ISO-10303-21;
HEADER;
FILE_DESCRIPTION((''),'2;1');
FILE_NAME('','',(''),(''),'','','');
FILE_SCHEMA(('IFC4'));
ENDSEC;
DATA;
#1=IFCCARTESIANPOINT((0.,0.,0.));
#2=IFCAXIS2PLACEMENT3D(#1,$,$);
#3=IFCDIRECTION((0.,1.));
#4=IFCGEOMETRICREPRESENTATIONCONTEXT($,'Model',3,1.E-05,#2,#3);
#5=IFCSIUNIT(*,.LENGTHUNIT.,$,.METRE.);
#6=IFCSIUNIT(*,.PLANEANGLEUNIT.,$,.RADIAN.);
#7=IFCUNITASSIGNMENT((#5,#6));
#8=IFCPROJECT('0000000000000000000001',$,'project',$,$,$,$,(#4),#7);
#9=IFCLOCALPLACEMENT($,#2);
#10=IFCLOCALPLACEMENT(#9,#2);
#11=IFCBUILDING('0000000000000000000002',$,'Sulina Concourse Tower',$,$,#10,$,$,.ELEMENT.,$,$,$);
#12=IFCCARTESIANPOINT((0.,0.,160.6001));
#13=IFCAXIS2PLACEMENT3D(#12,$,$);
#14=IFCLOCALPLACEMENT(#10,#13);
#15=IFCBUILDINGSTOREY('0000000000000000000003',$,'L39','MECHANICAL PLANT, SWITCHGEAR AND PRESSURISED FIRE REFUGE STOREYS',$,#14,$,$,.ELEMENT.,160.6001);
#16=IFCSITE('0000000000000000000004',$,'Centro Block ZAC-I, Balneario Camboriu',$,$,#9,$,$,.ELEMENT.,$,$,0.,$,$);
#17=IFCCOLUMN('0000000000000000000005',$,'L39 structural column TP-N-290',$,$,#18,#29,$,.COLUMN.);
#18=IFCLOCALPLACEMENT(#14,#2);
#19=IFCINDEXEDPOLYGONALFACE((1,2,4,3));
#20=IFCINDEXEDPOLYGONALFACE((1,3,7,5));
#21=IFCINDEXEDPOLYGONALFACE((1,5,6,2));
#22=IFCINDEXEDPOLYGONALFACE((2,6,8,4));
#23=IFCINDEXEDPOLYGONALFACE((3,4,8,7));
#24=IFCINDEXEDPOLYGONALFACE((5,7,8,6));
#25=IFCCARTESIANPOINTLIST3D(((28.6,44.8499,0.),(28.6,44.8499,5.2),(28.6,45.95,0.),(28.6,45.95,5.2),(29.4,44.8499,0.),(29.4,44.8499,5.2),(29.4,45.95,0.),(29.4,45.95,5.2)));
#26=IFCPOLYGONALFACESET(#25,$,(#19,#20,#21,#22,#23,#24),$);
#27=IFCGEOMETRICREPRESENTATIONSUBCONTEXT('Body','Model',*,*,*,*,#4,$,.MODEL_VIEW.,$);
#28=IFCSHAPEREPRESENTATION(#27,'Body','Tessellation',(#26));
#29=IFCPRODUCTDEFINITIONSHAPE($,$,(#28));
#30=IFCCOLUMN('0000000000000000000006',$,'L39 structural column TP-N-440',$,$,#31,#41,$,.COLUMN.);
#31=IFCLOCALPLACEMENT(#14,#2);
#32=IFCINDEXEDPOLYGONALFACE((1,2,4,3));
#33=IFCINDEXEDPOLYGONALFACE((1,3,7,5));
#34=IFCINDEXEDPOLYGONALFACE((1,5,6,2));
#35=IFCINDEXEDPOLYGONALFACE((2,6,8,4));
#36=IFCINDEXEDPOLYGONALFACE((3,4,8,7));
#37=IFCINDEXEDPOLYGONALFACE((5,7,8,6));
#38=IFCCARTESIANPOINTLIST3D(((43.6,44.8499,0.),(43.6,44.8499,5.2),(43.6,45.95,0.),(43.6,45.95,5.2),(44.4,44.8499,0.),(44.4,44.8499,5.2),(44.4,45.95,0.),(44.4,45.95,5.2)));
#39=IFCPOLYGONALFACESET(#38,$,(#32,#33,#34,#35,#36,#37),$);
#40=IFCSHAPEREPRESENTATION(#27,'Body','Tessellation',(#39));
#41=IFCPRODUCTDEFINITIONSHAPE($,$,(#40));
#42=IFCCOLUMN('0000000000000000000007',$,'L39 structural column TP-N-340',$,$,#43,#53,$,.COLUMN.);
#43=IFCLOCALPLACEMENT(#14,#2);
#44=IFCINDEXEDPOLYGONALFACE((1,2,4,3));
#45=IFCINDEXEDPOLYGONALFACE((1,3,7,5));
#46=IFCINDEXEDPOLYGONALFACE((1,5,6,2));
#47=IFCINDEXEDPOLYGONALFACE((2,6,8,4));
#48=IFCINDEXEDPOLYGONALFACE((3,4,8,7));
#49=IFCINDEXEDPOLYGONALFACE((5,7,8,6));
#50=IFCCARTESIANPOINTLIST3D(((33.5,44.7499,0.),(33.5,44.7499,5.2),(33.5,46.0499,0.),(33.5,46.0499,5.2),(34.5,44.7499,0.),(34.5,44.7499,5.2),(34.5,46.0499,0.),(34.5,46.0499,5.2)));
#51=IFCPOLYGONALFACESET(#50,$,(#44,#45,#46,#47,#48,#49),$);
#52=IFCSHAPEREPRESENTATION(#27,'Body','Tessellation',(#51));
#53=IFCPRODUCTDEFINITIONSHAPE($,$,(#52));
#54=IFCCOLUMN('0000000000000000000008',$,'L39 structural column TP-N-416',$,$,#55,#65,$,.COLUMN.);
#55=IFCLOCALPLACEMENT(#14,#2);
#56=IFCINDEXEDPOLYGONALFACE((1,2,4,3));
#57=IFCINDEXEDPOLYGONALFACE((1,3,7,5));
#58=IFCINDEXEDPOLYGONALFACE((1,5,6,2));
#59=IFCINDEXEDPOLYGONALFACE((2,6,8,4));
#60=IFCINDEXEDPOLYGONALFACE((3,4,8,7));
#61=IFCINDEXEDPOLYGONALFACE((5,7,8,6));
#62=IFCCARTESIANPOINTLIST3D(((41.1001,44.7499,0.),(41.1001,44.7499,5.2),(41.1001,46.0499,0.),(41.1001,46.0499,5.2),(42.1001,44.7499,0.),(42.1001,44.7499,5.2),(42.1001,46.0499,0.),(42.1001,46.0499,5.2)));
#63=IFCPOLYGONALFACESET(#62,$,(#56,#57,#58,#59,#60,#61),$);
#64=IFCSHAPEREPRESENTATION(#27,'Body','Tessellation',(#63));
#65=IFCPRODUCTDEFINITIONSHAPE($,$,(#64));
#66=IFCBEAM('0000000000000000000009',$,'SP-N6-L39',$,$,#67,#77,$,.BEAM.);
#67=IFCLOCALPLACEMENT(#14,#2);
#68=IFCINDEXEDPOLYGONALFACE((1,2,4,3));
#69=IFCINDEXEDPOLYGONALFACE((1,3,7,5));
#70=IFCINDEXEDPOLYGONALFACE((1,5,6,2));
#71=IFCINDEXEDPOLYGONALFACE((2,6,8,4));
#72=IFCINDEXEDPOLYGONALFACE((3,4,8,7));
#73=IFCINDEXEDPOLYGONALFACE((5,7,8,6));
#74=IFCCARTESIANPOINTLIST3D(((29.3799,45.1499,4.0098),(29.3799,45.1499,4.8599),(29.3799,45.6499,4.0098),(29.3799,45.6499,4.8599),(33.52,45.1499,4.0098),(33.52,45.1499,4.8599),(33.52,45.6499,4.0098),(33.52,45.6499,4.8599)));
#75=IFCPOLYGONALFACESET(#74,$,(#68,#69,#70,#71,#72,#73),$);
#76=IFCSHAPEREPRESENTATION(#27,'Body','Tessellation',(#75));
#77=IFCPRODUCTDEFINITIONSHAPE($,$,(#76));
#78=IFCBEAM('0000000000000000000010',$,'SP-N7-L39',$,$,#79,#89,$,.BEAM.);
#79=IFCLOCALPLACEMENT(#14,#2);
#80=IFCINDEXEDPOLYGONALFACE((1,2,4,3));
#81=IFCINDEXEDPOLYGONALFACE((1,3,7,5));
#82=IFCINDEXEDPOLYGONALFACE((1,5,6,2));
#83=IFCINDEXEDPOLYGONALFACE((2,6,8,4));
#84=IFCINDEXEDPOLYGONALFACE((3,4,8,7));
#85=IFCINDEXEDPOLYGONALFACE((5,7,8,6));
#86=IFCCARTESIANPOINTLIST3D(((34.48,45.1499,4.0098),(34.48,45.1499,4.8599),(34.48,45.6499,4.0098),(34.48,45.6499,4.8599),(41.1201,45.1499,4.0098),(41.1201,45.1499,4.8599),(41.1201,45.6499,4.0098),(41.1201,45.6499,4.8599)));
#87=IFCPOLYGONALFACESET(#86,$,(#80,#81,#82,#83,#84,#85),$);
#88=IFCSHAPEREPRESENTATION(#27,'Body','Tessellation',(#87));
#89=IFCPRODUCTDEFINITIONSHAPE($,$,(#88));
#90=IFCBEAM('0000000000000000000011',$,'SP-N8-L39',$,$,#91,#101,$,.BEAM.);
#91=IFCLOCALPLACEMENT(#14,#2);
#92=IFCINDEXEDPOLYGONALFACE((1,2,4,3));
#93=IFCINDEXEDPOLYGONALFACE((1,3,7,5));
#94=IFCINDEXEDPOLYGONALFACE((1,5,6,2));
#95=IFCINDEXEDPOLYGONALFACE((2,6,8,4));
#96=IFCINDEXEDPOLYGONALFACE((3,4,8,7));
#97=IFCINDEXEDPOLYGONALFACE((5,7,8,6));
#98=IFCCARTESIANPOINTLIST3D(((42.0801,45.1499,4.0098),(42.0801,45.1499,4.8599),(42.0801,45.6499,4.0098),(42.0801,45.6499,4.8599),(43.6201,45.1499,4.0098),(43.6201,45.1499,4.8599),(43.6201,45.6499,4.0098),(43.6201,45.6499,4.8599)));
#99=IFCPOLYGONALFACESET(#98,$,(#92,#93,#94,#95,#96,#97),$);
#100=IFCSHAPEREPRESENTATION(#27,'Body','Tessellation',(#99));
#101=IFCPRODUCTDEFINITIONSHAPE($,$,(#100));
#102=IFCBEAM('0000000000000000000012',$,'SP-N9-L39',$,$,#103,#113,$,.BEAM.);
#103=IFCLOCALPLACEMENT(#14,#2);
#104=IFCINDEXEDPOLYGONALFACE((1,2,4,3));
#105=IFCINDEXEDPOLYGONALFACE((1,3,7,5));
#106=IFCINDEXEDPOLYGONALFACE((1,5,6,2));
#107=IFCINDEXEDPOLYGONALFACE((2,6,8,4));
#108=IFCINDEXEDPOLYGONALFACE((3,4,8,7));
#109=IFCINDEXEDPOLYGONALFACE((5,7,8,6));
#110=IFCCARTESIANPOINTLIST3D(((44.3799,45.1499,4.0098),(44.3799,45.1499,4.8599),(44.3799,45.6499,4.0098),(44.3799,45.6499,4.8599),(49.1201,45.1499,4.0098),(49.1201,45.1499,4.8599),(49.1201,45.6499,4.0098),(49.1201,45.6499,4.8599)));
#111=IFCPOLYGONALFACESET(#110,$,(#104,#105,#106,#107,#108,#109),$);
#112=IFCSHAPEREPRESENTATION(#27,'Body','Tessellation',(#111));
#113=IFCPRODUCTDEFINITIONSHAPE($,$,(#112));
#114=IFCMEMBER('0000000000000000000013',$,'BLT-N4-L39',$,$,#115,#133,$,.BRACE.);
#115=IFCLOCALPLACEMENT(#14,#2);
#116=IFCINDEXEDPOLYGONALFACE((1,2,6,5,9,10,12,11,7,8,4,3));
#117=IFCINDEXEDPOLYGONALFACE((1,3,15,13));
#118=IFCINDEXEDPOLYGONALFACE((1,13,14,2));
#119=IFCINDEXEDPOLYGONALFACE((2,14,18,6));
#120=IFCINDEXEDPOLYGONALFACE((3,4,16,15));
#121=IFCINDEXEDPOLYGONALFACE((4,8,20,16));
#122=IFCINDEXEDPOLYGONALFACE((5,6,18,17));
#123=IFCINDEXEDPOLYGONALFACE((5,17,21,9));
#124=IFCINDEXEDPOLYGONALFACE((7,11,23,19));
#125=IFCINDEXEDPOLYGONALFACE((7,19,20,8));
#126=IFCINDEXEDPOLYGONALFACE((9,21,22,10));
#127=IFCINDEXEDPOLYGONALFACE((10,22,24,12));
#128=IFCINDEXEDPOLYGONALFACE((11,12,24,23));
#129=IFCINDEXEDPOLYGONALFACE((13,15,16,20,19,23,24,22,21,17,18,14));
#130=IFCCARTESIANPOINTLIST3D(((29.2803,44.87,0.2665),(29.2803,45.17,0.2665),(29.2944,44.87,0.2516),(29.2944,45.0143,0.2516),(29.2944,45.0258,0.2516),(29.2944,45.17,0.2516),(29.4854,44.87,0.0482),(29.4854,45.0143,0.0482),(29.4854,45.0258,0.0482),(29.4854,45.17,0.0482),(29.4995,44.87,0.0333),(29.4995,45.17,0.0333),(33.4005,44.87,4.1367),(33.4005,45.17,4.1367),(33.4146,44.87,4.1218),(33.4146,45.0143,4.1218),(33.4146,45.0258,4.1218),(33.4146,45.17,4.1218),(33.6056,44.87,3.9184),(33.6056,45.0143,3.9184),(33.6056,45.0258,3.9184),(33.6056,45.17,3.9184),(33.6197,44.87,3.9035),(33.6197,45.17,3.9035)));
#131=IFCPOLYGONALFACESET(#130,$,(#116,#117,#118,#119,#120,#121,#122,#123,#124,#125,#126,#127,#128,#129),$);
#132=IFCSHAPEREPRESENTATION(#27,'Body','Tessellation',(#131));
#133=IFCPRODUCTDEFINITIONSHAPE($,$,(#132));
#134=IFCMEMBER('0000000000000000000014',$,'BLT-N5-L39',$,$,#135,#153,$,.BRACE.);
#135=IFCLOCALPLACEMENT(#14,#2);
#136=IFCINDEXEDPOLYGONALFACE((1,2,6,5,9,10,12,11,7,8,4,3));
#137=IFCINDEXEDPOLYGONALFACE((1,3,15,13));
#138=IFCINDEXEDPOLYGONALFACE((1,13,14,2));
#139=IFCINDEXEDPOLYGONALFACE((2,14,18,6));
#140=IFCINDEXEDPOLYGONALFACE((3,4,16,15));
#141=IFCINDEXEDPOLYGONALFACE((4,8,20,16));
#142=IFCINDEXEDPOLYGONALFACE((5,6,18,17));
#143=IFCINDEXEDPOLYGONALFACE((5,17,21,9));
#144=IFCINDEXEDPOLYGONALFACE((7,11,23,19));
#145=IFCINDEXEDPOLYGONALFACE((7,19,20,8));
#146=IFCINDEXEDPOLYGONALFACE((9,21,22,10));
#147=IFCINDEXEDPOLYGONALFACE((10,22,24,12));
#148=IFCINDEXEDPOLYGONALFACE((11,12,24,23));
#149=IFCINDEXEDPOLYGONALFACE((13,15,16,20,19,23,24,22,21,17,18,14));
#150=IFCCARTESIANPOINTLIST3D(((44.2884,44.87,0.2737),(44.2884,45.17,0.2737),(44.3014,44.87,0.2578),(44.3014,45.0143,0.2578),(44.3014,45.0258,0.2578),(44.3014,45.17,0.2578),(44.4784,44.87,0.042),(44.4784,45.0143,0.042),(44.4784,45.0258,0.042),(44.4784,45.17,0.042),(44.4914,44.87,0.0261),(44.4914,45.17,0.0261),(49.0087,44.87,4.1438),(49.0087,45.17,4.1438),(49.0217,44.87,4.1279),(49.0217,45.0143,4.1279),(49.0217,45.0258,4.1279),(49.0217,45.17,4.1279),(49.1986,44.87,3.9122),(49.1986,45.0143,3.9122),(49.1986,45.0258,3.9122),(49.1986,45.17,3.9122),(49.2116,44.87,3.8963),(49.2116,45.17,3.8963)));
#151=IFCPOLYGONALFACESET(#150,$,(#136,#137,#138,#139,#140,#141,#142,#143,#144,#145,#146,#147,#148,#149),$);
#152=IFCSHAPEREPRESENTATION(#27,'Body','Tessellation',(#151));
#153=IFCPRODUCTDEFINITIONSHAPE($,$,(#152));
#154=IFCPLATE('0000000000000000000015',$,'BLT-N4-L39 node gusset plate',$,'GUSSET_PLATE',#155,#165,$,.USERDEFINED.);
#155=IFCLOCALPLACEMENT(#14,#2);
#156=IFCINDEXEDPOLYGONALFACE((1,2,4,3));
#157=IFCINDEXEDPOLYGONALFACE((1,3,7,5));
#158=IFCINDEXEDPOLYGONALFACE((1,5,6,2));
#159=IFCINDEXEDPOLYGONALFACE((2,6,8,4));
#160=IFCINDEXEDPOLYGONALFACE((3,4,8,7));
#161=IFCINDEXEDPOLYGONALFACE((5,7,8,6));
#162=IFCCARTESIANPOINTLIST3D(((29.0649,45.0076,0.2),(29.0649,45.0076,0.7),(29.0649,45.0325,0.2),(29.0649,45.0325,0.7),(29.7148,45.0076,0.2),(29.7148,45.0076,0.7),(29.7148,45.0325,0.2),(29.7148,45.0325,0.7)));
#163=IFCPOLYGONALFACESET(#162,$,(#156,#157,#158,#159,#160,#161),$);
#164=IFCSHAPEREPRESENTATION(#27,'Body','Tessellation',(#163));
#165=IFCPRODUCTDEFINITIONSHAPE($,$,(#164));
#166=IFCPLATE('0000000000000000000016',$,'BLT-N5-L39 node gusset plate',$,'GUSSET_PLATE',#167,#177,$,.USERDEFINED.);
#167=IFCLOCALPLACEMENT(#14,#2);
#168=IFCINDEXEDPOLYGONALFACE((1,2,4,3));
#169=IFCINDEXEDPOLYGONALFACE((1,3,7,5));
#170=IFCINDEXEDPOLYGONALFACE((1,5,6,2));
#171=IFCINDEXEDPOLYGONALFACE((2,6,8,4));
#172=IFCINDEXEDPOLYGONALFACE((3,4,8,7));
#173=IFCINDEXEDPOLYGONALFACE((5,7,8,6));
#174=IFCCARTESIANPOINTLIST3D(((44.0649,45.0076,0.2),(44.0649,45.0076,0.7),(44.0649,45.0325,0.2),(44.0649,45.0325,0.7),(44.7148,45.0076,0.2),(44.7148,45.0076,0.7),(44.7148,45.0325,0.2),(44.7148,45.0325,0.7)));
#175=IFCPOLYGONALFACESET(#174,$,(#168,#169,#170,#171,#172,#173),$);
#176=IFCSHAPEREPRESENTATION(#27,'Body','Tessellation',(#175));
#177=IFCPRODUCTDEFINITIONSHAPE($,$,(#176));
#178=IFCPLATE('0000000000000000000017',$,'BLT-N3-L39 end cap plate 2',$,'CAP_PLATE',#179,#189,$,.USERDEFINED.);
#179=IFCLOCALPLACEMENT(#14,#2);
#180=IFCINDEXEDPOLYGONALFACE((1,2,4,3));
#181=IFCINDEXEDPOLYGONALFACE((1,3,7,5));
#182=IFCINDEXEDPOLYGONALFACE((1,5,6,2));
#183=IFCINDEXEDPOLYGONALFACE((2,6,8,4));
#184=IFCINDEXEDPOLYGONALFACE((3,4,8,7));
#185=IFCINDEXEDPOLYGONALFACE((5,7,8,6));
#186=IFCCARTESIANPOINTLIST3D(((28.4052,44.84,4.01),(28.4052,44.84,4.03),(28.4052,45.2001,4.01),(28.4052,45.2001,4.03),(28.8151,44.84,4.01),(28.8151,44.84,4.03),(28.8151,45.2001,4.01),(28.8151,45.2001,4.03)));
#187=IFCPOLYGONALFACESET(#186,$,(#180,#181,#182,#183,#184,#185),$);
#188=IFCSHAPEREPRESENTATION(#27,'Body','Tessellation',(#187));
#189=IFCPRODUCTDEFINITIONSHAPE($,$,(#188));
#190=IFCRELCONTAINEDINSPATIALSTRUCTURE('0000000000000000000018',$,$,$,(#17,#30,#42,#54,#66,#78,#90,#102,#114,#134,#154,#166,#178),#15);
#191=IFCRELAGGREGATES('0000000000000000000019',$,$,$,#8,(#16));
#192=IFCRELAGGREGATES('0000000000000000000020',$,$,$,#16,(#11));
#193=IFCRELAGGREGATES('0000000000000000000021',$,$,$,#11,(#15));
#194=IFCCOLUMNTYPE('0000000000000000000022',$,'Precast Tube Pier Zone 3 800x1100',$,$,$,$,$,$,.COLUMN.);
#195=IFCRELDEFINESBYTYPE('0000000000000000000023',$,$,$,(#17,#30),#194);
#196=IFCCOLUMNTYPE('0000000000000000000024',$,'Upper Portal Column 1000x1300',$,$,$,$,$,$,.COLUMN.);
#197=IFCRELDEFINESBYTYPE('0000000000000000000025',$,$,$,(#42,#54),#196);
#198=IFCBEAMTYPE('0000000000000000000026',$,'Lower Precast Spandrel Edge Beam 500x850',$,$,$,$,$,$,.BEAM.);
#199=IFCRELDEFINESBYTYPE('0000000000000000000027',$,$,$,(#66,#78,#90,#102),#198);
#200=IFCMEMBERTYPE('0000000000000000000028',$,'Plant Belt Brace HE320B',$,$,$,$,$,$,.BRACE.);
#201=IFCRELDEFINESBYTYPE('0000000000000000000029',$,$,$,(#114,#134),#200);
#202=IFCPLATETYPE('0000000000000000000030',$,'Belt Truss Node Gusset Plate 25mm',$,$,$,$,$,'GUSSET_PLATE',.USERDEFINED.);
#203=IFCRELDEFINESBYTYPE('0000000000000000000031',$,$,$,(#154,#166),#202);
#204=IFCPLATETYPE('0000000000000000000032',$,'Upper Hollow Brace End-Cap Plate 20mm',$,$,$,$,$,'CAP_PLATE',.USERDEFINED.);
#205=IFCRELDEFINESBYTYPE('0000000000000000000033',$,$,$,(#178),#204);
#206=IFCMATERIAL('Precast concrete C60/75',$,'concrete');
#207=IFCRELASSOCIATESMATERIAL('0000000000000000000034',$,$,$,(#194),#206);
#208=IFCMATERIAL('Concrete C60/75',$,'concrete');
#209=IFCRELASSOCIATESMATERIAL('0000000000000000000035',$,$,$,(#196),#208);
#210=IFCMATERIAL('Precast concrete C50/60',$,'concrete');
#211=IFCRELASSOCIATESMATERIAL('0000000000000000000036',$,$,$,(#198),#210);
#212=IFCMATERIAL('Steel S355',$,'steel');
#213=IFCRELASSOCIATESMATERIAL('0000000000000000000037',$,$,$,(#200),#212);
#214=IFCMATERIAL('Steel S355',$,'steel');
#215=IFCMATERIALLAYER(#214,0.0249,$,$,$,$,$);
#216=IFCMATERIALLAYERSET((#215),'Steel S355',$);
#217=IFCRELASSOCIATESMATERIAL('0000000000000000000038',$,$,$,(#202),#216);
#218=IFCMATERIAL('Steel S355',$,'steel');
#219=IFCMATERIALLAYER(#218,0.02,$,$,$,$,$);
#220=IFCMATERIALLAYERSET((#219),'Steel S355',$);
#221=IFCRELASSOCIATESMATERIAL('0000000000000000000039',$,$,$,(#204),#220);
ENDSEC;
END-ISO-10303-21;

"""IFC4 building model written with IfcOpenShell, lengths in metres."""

from ifc_helpers import new_model, si_unit, direction, frame, origin, origin_2d, place, context, subcontext, project, spatial, rectangle, i_section, extrude, material, layer, layer_set, material_profile, profile_set, type_object, element, save


model = new_model("IFC4")

# Units and contexts
model_context = context("Model", 3, precision=1e-05, world=origin(), true_north=direction((0.0, 1.0)))
body_context = subcontext(model_context, "Body", "Model", "MODEL_VIEW")
ifc_project = project(units=[si_unit("LENGTHUNIT", "METRE"), si_unit("PLANEANGLEUNIT", "RADIAN")], contexts=[model_context])

# Site, building, storey
site_placement = place(None, origin())
site = spatial("IfcSite", under=ifc_project, at=site_placement, Name="Centro Block ZAC-I, Balneario Camboriu", CompositionType="ELEMENT", RefElevation=0.0)
building_placement = place(site_placement, origin())
building = spatial("IfcBuilding", under=site, at=building_placement, Name="Sulina Concourse Tower", CompositionType="ELEMENT")
storey_placement = place(building_placement, frame((0.0, 0.0, 160.6001)))
storey = spatial("IfcBuildingStorey", under=building, at=storey_placement, Name="L39", Description="MECHANICAL PLANT, SWITCHGEAR AND PRESSURISED FIRE REFUGE STOREYS", CompositionType="ELEMENT", Elevation=160.6001)

# Columns
ifc_material_1 = material(Name="Precast concrete C60/75", Category="concrete")
ifc_material_profile_1 = material_profile(ifc_material_1, rectangle(XDim=0.8, YDim=1.1001, at=origin_2d()), Name="PC 800x1100")
ifc_profile_set_1 = profile_set([ifc_material_profile_1], Name="Precast concrete C60/75")
column_type_1 = type_object("IfcColumnType", Name="Precast Tube Pier Zone 3 800x1100", PredefinedType="COLUMN", material=ifc_profile_set_1)
for number, where, z_axis, x_axis, name in (
    (1, (29.0, 45.3999, 0.0), (0.0, 0.0, 1.0), (1.0, 0.0, 0.0), "L39 structural column TP-N-290"),
    (2, (44.0, 45.3999, 0.0), (0.0, 0.0, 1.0), (1.0, 0.0, 0.0), "L39 structural column TP-N-440"),
):
    element("IfcColumn", number, at=place(storey_placement, frame(where, z_axis=z_axis, x_axis=x_axis)), inside=storey, type_object=column_type_1, Name=name, PredefinedType="COLUMN", context=body_context, shape_type="SweptSolid", body=[
        extrude(rectangle(XDim=0.8, YDim=1.1001, at=origin_2d()), origin(), (0.0, 0.0, 1.0), 5.2),
    ])
ifc_material_2 = material(Name="Concrete C60/75", Category="concrete")
ifc_material_profile_2 = material_profile(ifc_material_2, rectangle(XDim=1.0, YDim=1.3, at=origin_2d()), Name="RC 1000x1300")
ifc_profile_set_2 = profile_set([ifc_material_profile_2], Name="Concrete C60/75")
column_type_2 = type_object("IfcColumnType", Name="Upper Portal Column 1000x1300", PredefinedType="COLUMN", material=ifc_profile_set_2)
for number, where, z_axis, x_axis, name in (
    (3, (34.0, 45.3999, 0.0), (0.0, 0.0, 1.0), (1.0, 0.0, 0.0), "L39 structural column TP-N-340"),
    (4, (41.6001, 45.3999, 0.0), (0.0, 0.0, 1.0), (1.0, 0.0, 0.0), "L39 structural column TP-N-416"),
):
    element("IfcColumn", number, at=place(storey_placement, frame(where, z_axis=z_axis, x_axis=x_axis)), inside=storey, type_object=column_type_2, Name=name, PredefinedType="COLUMN", context=body_context, shape_type="SweptSolid", body=[
        extrude(rectangle(XDim=1.0, YDim=1.3, at=origin_2d()), origin(), (0.0, 0.0, 1.0), 5.2),
    ])

# Beams
ifc_material_3 = material(Name="Precast concrete C50/60", Category="concrete")
ifc_material_profile_3 = material_profile(ifc_material_3, rectangle(XDim=0.5, YDim=0.8501, at=origin_2d()), Name="RC 500x850")
ifc_profile_set_3 = profile_set([ifc_material_profile_3], Name="Precast concrete C50/60")
beam_type = type_object("IfcBeamType", Name="Lower Precast Spandrel Edge Beam 500x850", PredefinedType="BEAM", material=ifc_profile_set_3)
beam_1_placement = place(storey_placement, frame((29.3799, 45.3999, 4.4348), z_axis=(1.0, 0.0, 0.0), x_axis=(0.0, 1.0, 0.0)))
element("IfcBeam", 5, at=beam_1_placement, inside=storey, type_object=beam_type, Name="SP-N6-L39", PredefinedType="BEAM", context=body_context, shape_type="SweptSolid", body=[
    extrude(rectangle(XDim=0.5, YDim=0.8501, at=origin_2d()), origin(), (0.0, 0.0, 1.0), 4.1401),
])
beam_2_placement = place(storey_placement, frame((34.48, 45.3999, 4.4348), z_axis=(1.0, 0.0, 0.0), x_axis=(0.0, 1.0, 0.0)))
element("IfcBeam", 6, at=beam_2_placement, inside=storey, type_object=beam_type, Name="SP-N7-L39", PredefinedType="BEAM", context=body_context, shape_type="SweptSolid", body=[
    extrude(rectangle(XDim=0.5, YDim=0.8501, at=origin_2d()), origin(), (0.0, 0.0, 1.0), 6.6401),
])
beam_3_placement = place(storey_placement, frame((42.0801, 45.3999, 4.4348), z_axis=(1.0, 0.0, 0.0), x_axis=(0.0, 1.0, 0.0)))
element("IfcBeam", 7, at=beam_3_placement, inside=storey, type_object=beam_type, Name="SP-N8-L39", PredefinedType="BEAM", context=body_context, shape_type="SweptSolid", body=[
    extrude(rectangle(XDim=0.5, YDim=0.8501, at=origin_2d()), origin(), (0.0, 0.0, 1.0), 1.54),
])
beam_4_placement = place(storey_placement, frame((44.3799, 45.3999, 4.4348), z_axis=(1.0, 0.0, 0.0), x_axis=(0.0, 1.0, 0.0)))
element("IfcBeam", 8, at=beam_4_placement, inside=storey, type_object=beam_type, Name="SP-N9-L39", PredefinedType="BEAM", context=body_context, shape_type="SweptSolid", body=[
    extrude(rectangle(XDim=0.5, YDim=0.8501, at=origin_2d()), origin(), (0.0, 0.0, 1.0), 4.7402),
])

# Members
ifc_material_4 = material(Name="Steel S355", Category="steel")
ifc_material_profile_4 = material_profile(ifc_material_4, i_section(OverallWidth=0.3, OverallDepth=0.3201, WebThickness=0.0115, FlangeThickness=0.0205, at=origin_2d()), Name="HE 320 B")
ifc_profile_set_4 = profile_set([ifc_material_profile_4], Name="Steel S355")
member_type = type_object("IfcMemberType", Name="Plant Belt Brace HE320B", PredefinedType="BRACE", material=ifc_profile_set_4)
member_1_placement = place(storey_placement, frame((29.3899, 45.02, 0.1499), z_axis=(0.728874, 0.0, 0.684648), x_axis=(0.0, 1.0, 0.0)))
element("IfcMember", 9, at=member_1_placement, inside=storey, type_object=member_type, Name="BLT-N4-L39", PredefinedType="BRACE", context=body_context, shape_type="SweptSolid", body=[
    extrude(i_section(OverallWidth=0.3, OverallDepth=0.3201, WebThickness=0.0115, FlangeThickness=0.0205, at=origin_2d()), origin(), (0.0, 0.0, 1.0), 5.6528),
])
member_2_placement = place(storey_placement, frame((44.3899, 45.02, 0.1499), z_axis=(0.773305, 0.0, 0.634035), x_axis=(0.0, 1.0, 0.0)))
element("IfcMember", 10, at=member_2_placement, inside=storey, type_object=member_type, Name="BLT-N5-L39", PredefinedType="BRACE", context=body_context, shape_type="SweptSolid", body=[
    extrude(i_section(OverallWidth=0.3, OverallDepth=0.3201, WebThickness=0.0115, FlangeThickness=0.0205, at=origin_2d()), origin(), (0.0, 0.0, 1.0), 6.104),
])

# Plates
ifc_material_5 = material(Name="Steel S355", Category="steel")
ifc_layer_1 = layer(ifc_material_5, 0.0249)
ifc_layer_set_1 = layer_set([ifc_layer_1], Name="Steel S355")
plate_type_1 = type_object("IfcPlateType", Name="Belt Truss Node Gusset Plate 25mm", ElementType="GUSSET_PLATE", PredefinedType="USERDEFINED", material=ifc_layer_set_1)
for number, where, z_axis, x_axis, name in (
    (11, (29.3899, 45.02, 0.2), (0.0, 0.0, 1.0), (1.0, 0.0, 0.0), "BLT-N4-L39 node gusset plate"),
    (12, (44.3899, 45.02, 0.2), (0.0, 0.0, 1.0), (1.0, 0.0, 0.0), "BLT-N5-L39 node gusset plate"),
):
    element("IfcPlate", number, at=place(storey_placement, frame(where, z_axis=z_axis, x_axis=x_axis)), inside=storey, type_object=plate_type_1, Name=name, ObjectType="GUSSET_PLATE", PredefinedType="USERDEFINED", context=body_context, shape_type="SweptSolid", body=[
        extrude(rectangle(XDim=0.6499, YDim=0.0249, at=origin_2d()), origin(), (0.0, 0.0, 1.0), 0.5),
    ])
ifc_material_6 = material(Name="Steel S355", Category="steel")
ifc_layer_2 = layer(ifc_material_6, 0.02)
ifc_layer_set_2 = layer_set([ifc_layer_2], Name="Steel S355")
plate_type_2 = type_object("IfcPlateType", Name="Upper Hollow Brace End-Cap Plate 20mm", ElementType="CAP_PLATE", PredefinedType="USERDEFINED", material=ifc_layer_set_2)
for number, where, z_axis, x_axis, name in (
    (13, (28.6101, 45.02, 4.01), (0.0, 0.0, 1.0), (1.0, 0.0, 0.0), "BLT-N3-L39 end cap plate 2"),
):
    element("IfcPlate", number, at=place(storey_placement, frame(where, z_axis=z_axis, x_axis=x_axis)), inside=storey, type_object=plate_type_2, Name=name, ObjectType="CAP_PLATE", PredefinedType="USERDEFINED", context=body_context, shape_type="SweptSolid", body=[
        extrude(rectangle(XDim=0.4099, YDim=0.3601, at=origin_2d()), origin(), (0.0, 0.0, 1.0), 0.02),
    ])

save(model, "model.ifc")
